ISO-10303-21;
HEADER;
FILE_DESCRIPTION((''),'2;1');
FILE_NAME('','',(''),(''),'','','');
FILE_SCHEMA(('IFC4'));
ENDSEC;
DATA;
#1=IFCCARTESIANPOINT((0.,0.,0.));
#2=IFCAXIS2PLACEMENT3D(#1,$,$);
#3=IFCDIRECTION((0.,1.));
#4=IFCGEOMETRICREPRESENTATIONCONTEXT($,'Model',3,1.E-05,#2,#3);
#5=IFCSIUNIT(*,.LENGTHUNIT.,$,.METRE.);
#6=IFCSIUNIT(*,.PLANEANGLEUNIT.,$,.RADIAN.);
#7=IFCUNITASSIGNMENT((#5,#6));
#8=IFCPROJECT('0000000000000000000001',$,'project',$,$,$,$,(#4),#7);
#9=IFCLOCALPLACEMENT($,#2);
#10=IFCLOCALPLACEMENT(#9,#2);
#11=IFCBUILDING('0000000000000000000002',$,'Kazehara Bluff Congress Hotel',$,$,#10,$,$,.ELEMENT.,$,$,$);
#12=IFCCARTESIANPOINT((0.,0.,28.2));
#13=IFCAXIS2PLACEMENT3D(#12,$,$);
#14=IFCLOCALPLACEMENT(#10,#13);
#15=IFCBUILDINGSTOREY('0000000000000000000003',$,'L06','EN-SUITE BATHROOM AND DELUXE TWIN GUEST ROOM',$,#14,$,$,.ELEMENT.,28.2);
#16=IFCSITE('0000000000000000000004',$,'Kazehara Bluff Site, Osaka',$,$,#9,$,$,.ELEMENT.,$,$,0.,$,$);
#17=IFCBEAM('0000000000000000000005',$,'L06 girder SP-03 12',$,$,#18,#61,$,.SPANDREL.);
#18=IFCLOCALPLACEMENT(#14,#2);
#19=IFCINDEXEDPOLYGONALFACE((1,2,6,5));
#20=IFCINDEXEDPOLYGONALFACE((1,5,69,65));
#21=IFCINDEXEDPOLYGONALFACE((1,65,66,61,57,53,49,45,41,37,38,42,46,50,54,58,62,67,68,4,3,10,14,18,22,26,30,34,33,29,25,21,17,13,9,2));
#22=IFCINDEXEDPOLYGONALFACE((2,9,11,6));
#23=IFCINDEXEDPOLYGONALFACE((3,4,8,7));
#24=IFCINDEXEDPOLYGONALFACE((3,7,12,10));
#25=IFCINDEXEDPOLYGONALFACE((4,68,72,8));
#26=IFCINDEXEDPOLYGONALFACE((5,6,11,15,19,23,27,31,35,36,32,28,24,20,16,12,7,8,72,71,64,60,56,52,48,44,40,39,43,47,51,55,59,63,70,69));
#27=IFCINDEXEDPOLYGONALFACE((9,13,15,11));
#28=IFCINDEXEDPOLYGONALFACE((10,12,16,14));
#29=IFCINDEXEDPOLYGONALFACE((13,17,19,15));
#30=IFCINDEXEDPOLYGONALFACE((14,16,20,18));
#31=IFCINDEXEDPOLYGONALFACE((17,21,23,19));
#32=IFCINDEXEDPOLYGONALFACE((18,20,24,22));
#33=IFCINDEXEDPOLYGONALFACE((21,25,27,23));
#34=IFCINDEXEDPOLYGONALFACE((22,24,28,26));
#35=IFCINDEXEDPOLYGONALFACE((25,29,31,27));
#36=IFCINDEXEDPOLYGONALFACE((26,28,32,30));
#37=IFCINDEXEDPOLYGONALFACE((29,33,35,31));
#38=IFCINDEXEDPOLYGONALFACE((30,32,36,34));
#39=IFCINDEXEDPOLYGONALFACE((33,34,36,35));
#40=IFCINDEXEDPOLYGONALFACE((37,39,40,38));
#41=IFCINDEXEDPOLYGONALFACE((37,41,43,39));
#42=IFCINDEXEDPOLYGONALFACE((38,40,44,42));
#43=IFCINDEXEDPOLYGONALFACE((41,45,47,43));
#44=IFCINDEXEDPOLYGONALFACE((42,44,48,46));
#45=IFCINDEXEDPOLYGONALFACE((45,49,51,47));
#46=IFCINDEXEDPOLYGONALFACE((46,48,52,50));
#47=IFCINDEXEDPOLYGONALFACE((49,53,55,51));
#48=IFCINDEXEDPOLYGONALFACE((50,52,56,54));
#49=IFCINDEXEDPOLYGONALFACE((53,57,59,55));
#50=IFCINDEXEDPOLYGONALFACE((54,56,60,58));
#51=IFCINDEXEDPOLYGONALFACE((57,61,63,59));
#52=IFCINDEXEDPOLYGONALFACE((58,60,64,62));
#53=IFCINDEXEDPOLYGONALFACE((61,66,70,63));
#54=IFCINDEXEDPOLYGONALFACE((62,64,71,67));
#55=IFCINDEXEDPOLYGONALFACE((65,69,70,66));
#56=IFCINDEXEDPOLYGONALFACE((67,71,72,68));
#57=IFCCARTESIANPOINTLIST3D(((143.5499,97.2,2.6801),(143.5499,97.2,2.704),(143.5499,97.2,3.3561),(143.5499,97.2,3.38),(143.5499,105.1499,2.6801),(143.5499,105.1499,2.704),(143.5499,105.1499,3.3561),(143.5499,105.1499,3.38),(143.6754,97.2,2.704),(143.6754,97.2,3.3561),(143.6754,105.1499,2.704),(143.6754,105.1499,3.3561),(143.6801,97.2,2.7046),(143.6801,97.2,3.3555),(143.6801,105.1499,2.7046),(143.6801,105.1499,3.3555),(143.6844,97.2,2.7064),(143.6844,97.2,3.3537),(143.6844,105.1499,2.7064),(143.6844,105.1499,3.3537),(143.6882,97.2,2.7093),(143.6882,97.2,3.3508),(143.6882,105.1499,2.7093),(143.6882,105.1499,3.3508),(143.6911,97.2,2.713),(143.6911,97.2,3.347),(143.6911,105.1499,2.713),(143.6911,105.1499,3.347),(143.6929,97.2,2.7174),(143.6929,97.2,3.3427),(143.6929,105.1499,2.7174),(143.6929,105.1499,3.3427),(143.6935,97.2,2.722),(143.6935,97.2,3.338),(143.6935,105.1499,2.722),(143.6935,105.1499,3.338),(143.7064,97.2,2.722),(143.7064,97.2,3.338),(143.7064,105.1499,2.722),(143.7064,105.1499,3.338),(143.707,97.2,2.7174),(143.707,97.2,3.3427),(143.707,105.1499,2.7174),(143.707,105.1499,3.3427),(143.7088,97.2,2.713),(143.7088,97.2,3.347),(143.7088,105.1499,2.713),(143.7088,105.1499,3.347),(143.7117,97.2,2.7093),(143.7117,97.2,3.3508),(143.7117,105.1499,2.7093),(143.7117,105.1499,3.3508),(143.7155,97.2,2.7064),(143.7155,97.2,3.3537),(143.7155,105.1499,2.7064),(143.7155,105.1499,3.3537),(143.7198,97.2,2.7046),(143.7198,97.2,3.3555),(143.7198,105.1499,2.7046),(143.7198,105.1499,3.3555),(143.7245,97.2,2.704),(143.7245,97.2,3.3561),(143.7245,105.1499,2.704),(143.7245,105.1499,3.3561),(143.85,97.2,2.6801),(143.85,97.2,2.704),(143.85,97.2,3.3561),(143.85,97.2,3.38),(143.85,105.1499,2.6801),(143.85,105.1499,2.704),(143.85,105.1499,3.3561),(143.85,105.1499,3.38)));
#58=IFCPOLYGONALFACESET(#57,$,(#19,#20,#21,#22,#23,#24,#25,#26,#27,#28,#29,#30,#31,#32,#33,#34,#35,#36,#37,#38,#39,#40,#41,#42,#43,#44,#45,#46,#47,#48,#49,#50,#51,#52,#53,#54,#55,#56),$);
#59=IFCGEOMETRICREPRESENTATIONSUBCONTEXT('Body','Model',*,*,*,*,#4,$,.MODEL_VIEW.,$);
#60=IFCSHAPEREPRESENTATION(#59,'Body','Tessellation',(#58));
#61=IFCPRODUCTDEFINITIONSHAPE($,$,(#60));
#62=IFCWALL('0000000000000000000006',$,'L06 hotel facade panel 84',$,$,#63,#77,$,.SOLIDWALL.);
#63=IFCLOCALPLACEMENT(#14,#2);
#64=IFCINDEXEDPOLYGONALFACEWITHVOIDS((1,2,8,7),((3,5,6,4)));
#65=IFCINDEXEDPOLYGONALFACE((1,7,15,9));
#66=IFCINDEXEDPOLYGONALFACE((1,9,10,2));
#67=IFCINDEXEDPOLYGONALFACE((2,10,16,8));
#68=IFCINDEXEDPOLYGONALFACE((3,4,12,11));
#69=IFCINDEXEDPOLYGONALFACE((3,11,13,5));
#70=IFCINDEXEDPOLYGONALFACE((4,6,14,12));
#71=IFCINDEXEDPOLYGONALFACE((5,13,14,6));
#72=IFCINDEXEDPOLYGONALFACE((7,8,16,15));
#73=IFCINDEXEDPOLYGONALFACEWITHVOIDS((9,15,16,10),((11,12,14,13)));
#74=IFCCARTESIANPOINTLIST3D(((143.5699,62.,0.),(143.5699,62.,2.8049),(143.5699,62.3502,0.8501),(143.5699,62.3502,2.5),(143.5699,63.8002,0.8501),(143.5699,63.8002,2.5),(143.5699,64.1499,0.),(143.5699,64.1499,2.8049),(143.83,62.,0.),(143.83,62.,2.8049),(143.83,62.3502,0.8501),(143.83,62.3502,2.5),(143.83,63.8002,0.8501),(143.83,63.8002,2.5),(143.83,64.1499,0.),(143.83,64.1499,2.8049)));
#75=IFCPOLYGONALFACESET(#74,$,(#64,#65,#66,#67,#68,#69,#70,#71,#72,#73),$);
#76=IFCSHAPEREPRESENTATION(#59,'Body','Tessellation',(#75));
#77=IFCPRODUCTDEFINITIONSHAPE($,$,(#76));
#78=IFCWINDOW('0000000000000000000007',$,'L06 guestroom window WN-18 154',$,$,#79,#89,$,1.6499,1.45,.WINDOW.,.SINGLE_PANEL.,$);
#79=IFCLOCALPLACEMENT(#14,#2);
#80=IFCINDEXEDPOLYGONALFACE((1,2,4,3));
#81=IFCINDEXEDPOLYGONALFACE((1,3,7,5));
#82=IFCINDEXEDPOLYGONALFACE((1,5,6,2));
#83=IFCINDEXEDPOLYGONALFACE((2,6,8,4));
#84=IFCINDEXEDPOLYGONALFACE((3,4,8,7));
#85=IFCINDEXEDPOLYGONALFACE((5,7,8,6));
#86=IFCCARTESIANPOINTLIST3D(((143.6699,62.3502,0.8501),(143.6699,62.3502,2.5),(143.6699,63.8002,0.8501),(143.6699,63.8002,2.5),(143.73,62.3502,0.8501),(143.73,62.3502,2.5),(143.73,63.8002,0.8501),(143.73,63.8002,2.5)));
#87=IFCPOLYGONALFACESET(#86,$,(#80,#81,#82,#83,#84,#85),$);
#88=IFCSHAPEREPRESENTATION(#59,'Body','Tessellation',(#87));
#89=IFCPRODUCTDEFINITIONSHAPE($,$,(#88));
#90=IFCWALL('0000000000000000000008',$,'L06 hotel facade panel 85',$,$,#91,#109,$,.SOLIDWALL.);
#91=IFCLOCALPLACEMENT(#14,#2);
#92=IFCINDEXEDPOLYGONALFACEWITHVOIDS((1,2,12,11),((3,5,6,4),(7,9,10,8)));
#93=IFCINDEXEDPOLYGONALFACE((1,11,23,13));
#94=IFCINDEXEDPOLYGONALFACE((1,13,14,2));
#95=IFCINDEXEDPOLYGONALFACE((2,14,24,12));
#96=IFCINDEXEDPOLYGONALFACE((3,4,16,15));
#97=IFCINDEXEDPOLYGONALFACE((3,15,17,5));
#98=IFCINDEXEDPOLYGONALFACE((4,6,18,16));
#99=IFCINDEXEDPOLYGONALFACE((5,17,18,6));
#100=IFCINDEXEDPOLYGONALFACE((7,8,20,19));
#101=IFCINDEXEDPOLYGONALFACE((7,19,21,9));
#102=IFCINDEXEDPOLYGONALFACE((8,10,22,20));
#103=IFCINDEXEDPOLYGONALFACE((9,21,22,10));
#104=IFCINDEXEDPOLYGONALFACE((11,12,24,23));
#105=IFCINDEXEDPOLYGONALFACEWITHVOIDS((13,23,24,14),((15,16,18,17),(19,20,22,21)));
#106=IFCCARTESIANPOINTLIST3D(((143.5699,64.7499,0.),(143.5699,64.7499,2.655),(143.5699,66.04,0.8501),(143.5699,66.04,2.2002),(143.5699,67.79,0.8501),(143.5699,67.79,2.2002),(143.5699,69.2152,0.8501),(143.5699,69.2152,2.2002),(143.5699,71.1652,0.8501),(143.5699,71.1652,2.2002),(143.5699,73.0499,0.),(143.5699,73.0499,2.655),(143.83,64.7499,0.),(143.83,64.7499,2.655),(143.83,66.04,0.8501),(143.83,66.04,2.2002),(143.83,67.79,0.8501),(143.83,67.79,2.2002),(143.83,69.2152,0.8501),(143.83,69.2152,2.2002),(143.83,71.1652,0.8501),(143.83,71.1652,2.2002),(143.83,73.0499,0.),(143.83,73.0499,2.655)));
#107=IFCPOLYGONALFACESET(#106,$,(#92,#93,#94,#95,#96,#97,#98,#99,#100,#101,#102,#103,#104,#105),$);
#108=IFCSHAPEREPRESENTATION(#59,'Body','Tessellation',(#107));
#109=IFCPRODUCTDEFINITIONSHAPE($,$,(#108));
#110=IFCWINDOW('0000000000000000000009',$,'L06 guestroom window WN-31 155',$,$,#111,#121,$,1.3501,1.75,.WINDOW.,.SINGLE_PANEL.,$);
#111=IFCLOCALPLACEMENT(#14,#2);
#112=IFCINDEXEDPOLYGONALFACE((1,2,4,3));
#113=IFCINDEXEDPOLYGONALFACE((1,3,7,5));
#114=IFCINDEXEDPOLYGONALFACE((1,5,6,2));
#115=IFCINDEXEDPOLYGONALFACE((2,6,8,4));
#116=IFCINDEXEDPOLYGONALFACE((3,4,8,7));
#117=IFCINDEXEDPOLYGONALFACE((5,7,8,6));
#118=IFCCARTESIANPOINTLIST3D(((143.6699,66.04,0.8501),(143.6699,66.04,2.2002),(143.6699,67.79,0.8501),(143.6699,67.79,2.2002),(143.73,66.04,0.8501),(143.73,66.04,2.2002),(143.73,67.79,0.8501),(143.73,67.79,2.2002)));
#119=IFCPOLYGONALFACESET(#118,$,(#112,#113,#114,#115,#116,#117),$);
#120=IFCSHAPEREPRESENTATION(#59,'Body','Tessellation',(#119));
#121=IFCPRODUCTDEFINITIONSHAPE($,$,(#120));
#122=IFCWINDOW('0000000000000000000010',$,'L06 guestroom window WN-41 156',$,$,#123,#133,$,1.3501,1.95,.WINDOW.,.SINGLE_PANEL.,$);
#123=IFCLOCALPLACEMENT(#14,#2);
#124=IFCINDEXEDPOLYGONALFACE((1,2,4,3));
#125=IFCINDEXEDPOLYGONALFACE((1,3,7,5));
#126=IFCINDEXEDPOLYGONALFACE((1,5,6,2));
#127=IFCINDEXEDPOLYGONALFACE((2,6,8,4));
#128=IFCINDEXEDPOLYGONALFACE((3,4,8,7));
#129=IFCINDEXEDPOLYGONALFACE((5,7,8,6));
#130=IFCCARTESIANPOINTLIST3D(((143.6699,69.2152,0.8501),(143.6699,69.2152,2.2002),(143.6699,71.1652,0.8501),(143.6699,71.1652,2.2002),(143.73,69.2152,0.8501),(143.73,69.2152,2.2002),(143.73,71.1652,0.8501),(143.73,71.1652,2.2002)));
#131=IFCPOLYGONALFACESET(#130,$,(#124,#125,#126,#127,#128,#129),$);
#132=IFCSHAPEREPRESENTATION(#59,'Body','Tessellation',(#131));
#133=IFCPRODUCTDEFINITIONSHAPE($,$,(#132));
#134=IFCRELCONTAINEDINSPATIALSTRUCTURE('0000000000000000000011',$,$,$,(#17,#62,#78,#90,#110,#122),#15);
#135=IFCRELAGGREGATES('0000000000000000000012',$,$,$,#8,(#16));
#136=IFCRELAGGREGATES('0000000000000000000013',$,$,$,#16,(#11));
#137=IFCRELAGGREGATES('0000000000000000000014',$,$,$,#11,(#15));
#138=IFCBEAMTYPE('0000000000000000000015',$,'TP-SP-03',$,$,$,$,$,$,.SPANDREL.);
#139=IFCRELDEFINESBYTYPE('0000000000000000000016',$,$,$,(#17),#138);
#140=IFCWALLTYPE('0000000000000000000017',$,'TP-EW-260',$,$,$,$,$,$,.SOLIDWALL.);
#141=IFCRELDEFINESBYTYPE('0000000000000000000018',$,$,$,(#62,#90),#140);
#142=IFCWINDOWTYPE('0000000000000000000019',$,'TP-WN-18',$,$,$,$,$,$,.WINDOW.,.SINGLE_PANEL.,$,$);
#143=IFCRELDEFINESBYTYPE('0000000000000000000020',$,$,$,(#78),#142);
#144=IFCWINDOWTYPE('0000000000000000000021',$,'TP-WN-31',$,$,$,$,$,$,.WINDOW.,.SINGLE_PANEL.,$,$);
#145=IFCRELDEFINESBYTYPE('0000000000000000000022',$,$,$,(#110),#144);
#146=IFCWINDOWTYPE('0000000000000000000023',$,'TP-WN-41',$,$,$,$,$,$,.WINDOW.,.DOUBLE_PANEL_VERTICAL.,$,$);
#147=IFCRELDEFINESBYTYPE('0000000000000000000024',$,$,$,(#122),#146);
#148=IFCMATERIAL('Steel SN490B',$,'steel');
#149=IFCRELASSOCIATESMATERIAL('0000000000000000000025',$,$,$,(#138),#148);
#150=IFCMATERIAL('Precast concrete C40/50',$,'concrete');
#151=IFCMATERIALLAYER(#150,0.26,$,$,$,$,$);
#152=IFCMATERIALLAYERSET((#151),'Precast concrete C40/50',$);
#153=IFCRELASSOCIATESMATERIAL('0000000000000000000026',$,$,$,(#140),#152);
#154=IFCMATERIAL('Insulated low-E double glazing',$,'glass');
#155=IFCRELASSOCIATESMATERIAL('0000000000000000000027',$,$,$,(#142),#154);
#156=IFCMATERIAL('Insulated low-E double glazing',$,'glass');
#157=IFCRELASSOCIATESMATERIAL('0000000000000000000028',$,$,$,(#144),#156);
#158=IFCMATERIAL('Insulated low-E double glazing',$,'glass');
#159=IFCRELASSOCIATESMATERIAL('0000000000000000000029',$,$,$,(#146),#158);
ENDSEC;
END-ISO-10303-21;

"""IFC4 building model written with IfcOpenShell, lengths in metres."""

from ifc_helpers import new_model, si_unit, direction, frame, frame_2d, origin, origin_2d, place, context, subcontext, project, spatial, rectangle, i_section, extrude, material, layer, layer_set, material_profile, profile_set, type_object, element, fill, save


model = new_model("IFC4")

# Units and contexts
model_context = context("Model", 3, precision=1e-05, world=origin(), true_north=direction((0.0, 1.0)))
body_context = subcontext(model_context, "Body", "Model", "MODEL_VIEW")
ifc_project = project(units=[si_unit("LENGTHUNIT", "METRE"), si_unit("PLANEANGLEUNIT", "RADIAN")], contexts=[model_context])

# Site, building, storey
site_placement = place(None, origin())
site = spatial("IfcSite", under=ifc_project, at=site_placement, Name="Kazehara Bluff Site, Osaka", CompositionType="ELEMENT", RefElevation=0.0)
building_placement = place(site_placement, origin())
building = spatial("IfcBuilding", under=site, at=building_placement, Name="Kazehara Bluff Congress Hotel", CompositionType="ELEMENT")
storey_placement = place(building_placement, frame((0.0, 0.0, 28.2)))
storey = spatial("IfcBuildingStorey", under=building, at=storey_placement, Name="L06", Description="EN-SUITE BATHROOM AND DELUXE TWIN GUEST ROOM", CompositionType="ELEMENT", Elevation=28.2)

# Beam
ifc_material_1 = material(Name="Steel SN490B", Category="steel")
ifc_material_profile_1 = material_profile(ifc_material_1, i_section(OverallWidth=0.3, OverallDepth=0.7, WebThickness=0.0129, FlangeThickness=0.0239, FilletRadius=0.0181, at=origin_2d()))
ifc_profile_set_1 = profile_set([ifc_material_profile_1], Name="Steel SN490B")
beam_type_1 = type_object("IfcBeamType", Name="TP-SP-03", PredefinedType="SPANDREL", material=ifc_profile_set_1)
beam_1_placement = place(storey_placement, frame((143.7, 97.2, 3.03), z_axis=(0.0, 1.0, 0.0), x_axis=(-1.0, 0.0, 0.0)))
element("IfcBeam", 1, at=beam_1_placement, inside=storey, type_object=beam_type_1, Name="L06 girder SP-03 12", PredefinedType="SPANDREL", context=body_context, shape_type="SweptSolid", body=[
    extrude(i_section(OverallWidth=0.3, OverallDepth=0.7, WebThickness=0.0129, FlangeThickness=0.0239, FilletRadius=0.0181, at=origin_2d()), origin(), (0.0, 0.0, 1.0), 7.95),
])

# Wall, opening, window
ifc_material_2 = material(Name="Precast concrete C40/50", Category="concrete")
ifc_layer = layer(ifc_material_2, 0.26)
ifc_layer_set = layer_set([ifc_layer], Name="Precast concrete C40/50")
wall_type = type_object("IfcWallType", Name="TP-EW-260", PredefinedType="SOLIDWALL", material=ifc_layer_set)
wall_1_placement = place(storey_placement, frame((143.7, 62.0, 0.0), z_axis=(0.0, 0.0, 1.0), x_axis=(0.0, 1.0, 0.0)))
wall_1 = element("IfcWall", 2, at=wall_1_placement, inside=storey, type_object=wall_type, Name="L06 hotel facade panel 84", PredefinedType="SOLIDWALL", context=body_context, shape_type="SweptSolid", body=[
    extrude(rectangle(XDim=2.1499, YDim=0.26, at=frame_2d((1.075, 0.0))), origin(), (0.0, 0.0, 1.0), 2.8049),
])
opening_1_placement = place(wall_1_placement, frame((0.3501, 0.0, 0.8501)))
opening_1 = element("IfcOpeningElement", 3, at=opening_1_placement, cuts=wall_1, PredefinedType="OPENING", context=body_context, shape_type="SweptSolid", body=[
    extrude(rectangle(XDim=1.45, YDim=1.6499, at=frame_2d((0.7251, 0.825))), frame((0.0, 0.1399, 0.0), z_axis=(0.0, -1.0, 0.0), x_axis=(1.0, 0.0, 0.0)), (0.0, 0.0, 1.0), 0.28),
])
ifc_material_3 = material(Name="Insulated low-E double glazing", Category="glass")
window_type_1 = type_object("IfcWindowType", Name="TP-WN-18", PartitioningType="SINGLE_PANEL", PredefinedType="WINDOW", material=ifc_material_3)
window_1_placement = place(opening_1_placement, origin())
window_1 = element("IfcWindow", 4, at=window_1_placement, inside=storey, type_object=window_type_1, Name="L06 guestroom window WN-18 154", OverallHeight=1.6499, OverallWidth=1.45, PartitioningType="SINGLE_PANEL", PredefinedType="WINDOW", context=body_context, shape_type="SweptSolid", body=[
    extrude(rectangle(XDim=1.45, YDim=1.6499, at=frame_2d((0.7251, 0.825))), frame((0.0, 0.03, 0.0), z_axis=(0.0, -1.0, 0.0), x_axis=(1.0, 0.0, 0.0)), (0.0, 0.0, 1.0), 0.0601),
])
fill(opening_1, window_1)

# Wall, openings, windows
wall_2_placement = place(storey_placement, frame((143.7, 64.75, 0.0), z_axis=(0.0, 0.0, 1.0), x_axis=(0.0, 1.0, 0.0)))
wall_2 = element("IfcWall", 5, at=wall_2_placement, inside=storey, type_object=wall_type, Name="L06 hotel facade panel 85", PredefinedType="SOLIDWALL", context=body_context, shape_type="SweptSolid", body=[
    extrude(rectangle(XDim=8.3, YDim=0.26, at=frame_2d((4.1499, 0.0))), origin(), (0.0, 0.0, 1.0), 2.655),
])
opening_2_placement = place(wall_2_placement, frame((1.29, 0.0, 0.8501)))
opening_2 = element("IfcOpeningElement", 6, at=opening_2_placement, cuts=wall_2, PredefinedType="OPENING", context=body_context, shape_type="SweptSolid", body=[
    extrude(rectangle(XDim=1.75, YDim=1.3501, at=frame_2d((0.875, 0.675))), frame((0.0, 0.1399, 0.0), z_axis=(0.0, -1.0, 0.0), x_axis=(1.0, 0.0, 0.0)), (0.0, 0.0, 1.0), 0.28),
])
opening_3_placement = place(wall_2_placement, frame((4.4651, 0.0, 0.8501)))
opening_3 = element("IfcOpeningElement", 7, at=opening_3_placement, cuts=wall_2, PredefinedType="OPENING", context=body_context, shape_type="SweptSolid", body=[
    extrude(rectangle(XDim=1.95, YDim=1.3501, at=frame_2d((0.9751, 0.675))), frame((0.0, 0.1399, 0.0), z_axis=(0.0, -1.0, 0.0), x_axis=(1.0, 0.0, 0.0)), (0.0, 0.0, 1.0), 0.28),
])
ifc_material_4 = material(Name="Insulated low-E double glazing", Category="glass")
window_type_2 = type_object("IfcWindowType", Name="TP-WN-31", PartitioningType="SINGLE_PANEL", PredefinedType="WINDOW", material=ifc_material_4)
window_2_placement = place(opening_2_placement, origin())
window_2 = element("IfcWindow", 8, at=window_2_placement, inside=storey, type_object=window_type_2, Name="L06 guestroom window WN-31 155", OverallHeight=1.3501, OverallWidth=1.75, PartitioningType="SINGLE_PANEL", PredefinedType="WINDOW", context=body_context, shape_type="SweptSolid", body=[
    extrude(rectangle(XDim=1.75, YDim=1.3501, at=frame_2d((0.875, 0.675))), frame((0.0, 0.03, 0.0), z_axis=(0.0, -1.0, 0.0), x_axis=(1.0, 0.0, 0.0)), (0.0, 0.0, 1.0), 0.0601),
])
fill(opening_2, window_2)
ifc_material_5 = material(Name="Insulated low-E double glazing", Category="glass")
window_type_3 = type_object("IfcWindowType", Name="TP-WN-41", PartitioningType="DOUBLE_PANEL_VERTICAL", PredefinedType="WINDOW", material=ifc_material_5)
window_3_placement = place(opening_3_placement, origin())
window_3 = element("IfcWindow", 9, at=window_3_placement, inside=storey, type_object=window_type_3, Name="L06 guestroom window WN-41 156", OverallHeight=1.3501, OverallWidth=1.95, PartitioningType="SINGLE_PANEL", PredefinedType="WINDOW", context=body_context, shape_type="SweptSolid", body=[
    extrude(rectangle(XDim=1.95, YDim=1.3501, at=frame_2d((0.9751, 0.675))), frame((0.0, 0.03, 0.0), z_axis=(0.0, -1.0, 0.0), x_axis=(1.0, 0.0, 0.0)), (0.0, 0.0, 1.0), 0.0601),
])
fill(opening_3, window_3)

save(model, "model.ifc")
